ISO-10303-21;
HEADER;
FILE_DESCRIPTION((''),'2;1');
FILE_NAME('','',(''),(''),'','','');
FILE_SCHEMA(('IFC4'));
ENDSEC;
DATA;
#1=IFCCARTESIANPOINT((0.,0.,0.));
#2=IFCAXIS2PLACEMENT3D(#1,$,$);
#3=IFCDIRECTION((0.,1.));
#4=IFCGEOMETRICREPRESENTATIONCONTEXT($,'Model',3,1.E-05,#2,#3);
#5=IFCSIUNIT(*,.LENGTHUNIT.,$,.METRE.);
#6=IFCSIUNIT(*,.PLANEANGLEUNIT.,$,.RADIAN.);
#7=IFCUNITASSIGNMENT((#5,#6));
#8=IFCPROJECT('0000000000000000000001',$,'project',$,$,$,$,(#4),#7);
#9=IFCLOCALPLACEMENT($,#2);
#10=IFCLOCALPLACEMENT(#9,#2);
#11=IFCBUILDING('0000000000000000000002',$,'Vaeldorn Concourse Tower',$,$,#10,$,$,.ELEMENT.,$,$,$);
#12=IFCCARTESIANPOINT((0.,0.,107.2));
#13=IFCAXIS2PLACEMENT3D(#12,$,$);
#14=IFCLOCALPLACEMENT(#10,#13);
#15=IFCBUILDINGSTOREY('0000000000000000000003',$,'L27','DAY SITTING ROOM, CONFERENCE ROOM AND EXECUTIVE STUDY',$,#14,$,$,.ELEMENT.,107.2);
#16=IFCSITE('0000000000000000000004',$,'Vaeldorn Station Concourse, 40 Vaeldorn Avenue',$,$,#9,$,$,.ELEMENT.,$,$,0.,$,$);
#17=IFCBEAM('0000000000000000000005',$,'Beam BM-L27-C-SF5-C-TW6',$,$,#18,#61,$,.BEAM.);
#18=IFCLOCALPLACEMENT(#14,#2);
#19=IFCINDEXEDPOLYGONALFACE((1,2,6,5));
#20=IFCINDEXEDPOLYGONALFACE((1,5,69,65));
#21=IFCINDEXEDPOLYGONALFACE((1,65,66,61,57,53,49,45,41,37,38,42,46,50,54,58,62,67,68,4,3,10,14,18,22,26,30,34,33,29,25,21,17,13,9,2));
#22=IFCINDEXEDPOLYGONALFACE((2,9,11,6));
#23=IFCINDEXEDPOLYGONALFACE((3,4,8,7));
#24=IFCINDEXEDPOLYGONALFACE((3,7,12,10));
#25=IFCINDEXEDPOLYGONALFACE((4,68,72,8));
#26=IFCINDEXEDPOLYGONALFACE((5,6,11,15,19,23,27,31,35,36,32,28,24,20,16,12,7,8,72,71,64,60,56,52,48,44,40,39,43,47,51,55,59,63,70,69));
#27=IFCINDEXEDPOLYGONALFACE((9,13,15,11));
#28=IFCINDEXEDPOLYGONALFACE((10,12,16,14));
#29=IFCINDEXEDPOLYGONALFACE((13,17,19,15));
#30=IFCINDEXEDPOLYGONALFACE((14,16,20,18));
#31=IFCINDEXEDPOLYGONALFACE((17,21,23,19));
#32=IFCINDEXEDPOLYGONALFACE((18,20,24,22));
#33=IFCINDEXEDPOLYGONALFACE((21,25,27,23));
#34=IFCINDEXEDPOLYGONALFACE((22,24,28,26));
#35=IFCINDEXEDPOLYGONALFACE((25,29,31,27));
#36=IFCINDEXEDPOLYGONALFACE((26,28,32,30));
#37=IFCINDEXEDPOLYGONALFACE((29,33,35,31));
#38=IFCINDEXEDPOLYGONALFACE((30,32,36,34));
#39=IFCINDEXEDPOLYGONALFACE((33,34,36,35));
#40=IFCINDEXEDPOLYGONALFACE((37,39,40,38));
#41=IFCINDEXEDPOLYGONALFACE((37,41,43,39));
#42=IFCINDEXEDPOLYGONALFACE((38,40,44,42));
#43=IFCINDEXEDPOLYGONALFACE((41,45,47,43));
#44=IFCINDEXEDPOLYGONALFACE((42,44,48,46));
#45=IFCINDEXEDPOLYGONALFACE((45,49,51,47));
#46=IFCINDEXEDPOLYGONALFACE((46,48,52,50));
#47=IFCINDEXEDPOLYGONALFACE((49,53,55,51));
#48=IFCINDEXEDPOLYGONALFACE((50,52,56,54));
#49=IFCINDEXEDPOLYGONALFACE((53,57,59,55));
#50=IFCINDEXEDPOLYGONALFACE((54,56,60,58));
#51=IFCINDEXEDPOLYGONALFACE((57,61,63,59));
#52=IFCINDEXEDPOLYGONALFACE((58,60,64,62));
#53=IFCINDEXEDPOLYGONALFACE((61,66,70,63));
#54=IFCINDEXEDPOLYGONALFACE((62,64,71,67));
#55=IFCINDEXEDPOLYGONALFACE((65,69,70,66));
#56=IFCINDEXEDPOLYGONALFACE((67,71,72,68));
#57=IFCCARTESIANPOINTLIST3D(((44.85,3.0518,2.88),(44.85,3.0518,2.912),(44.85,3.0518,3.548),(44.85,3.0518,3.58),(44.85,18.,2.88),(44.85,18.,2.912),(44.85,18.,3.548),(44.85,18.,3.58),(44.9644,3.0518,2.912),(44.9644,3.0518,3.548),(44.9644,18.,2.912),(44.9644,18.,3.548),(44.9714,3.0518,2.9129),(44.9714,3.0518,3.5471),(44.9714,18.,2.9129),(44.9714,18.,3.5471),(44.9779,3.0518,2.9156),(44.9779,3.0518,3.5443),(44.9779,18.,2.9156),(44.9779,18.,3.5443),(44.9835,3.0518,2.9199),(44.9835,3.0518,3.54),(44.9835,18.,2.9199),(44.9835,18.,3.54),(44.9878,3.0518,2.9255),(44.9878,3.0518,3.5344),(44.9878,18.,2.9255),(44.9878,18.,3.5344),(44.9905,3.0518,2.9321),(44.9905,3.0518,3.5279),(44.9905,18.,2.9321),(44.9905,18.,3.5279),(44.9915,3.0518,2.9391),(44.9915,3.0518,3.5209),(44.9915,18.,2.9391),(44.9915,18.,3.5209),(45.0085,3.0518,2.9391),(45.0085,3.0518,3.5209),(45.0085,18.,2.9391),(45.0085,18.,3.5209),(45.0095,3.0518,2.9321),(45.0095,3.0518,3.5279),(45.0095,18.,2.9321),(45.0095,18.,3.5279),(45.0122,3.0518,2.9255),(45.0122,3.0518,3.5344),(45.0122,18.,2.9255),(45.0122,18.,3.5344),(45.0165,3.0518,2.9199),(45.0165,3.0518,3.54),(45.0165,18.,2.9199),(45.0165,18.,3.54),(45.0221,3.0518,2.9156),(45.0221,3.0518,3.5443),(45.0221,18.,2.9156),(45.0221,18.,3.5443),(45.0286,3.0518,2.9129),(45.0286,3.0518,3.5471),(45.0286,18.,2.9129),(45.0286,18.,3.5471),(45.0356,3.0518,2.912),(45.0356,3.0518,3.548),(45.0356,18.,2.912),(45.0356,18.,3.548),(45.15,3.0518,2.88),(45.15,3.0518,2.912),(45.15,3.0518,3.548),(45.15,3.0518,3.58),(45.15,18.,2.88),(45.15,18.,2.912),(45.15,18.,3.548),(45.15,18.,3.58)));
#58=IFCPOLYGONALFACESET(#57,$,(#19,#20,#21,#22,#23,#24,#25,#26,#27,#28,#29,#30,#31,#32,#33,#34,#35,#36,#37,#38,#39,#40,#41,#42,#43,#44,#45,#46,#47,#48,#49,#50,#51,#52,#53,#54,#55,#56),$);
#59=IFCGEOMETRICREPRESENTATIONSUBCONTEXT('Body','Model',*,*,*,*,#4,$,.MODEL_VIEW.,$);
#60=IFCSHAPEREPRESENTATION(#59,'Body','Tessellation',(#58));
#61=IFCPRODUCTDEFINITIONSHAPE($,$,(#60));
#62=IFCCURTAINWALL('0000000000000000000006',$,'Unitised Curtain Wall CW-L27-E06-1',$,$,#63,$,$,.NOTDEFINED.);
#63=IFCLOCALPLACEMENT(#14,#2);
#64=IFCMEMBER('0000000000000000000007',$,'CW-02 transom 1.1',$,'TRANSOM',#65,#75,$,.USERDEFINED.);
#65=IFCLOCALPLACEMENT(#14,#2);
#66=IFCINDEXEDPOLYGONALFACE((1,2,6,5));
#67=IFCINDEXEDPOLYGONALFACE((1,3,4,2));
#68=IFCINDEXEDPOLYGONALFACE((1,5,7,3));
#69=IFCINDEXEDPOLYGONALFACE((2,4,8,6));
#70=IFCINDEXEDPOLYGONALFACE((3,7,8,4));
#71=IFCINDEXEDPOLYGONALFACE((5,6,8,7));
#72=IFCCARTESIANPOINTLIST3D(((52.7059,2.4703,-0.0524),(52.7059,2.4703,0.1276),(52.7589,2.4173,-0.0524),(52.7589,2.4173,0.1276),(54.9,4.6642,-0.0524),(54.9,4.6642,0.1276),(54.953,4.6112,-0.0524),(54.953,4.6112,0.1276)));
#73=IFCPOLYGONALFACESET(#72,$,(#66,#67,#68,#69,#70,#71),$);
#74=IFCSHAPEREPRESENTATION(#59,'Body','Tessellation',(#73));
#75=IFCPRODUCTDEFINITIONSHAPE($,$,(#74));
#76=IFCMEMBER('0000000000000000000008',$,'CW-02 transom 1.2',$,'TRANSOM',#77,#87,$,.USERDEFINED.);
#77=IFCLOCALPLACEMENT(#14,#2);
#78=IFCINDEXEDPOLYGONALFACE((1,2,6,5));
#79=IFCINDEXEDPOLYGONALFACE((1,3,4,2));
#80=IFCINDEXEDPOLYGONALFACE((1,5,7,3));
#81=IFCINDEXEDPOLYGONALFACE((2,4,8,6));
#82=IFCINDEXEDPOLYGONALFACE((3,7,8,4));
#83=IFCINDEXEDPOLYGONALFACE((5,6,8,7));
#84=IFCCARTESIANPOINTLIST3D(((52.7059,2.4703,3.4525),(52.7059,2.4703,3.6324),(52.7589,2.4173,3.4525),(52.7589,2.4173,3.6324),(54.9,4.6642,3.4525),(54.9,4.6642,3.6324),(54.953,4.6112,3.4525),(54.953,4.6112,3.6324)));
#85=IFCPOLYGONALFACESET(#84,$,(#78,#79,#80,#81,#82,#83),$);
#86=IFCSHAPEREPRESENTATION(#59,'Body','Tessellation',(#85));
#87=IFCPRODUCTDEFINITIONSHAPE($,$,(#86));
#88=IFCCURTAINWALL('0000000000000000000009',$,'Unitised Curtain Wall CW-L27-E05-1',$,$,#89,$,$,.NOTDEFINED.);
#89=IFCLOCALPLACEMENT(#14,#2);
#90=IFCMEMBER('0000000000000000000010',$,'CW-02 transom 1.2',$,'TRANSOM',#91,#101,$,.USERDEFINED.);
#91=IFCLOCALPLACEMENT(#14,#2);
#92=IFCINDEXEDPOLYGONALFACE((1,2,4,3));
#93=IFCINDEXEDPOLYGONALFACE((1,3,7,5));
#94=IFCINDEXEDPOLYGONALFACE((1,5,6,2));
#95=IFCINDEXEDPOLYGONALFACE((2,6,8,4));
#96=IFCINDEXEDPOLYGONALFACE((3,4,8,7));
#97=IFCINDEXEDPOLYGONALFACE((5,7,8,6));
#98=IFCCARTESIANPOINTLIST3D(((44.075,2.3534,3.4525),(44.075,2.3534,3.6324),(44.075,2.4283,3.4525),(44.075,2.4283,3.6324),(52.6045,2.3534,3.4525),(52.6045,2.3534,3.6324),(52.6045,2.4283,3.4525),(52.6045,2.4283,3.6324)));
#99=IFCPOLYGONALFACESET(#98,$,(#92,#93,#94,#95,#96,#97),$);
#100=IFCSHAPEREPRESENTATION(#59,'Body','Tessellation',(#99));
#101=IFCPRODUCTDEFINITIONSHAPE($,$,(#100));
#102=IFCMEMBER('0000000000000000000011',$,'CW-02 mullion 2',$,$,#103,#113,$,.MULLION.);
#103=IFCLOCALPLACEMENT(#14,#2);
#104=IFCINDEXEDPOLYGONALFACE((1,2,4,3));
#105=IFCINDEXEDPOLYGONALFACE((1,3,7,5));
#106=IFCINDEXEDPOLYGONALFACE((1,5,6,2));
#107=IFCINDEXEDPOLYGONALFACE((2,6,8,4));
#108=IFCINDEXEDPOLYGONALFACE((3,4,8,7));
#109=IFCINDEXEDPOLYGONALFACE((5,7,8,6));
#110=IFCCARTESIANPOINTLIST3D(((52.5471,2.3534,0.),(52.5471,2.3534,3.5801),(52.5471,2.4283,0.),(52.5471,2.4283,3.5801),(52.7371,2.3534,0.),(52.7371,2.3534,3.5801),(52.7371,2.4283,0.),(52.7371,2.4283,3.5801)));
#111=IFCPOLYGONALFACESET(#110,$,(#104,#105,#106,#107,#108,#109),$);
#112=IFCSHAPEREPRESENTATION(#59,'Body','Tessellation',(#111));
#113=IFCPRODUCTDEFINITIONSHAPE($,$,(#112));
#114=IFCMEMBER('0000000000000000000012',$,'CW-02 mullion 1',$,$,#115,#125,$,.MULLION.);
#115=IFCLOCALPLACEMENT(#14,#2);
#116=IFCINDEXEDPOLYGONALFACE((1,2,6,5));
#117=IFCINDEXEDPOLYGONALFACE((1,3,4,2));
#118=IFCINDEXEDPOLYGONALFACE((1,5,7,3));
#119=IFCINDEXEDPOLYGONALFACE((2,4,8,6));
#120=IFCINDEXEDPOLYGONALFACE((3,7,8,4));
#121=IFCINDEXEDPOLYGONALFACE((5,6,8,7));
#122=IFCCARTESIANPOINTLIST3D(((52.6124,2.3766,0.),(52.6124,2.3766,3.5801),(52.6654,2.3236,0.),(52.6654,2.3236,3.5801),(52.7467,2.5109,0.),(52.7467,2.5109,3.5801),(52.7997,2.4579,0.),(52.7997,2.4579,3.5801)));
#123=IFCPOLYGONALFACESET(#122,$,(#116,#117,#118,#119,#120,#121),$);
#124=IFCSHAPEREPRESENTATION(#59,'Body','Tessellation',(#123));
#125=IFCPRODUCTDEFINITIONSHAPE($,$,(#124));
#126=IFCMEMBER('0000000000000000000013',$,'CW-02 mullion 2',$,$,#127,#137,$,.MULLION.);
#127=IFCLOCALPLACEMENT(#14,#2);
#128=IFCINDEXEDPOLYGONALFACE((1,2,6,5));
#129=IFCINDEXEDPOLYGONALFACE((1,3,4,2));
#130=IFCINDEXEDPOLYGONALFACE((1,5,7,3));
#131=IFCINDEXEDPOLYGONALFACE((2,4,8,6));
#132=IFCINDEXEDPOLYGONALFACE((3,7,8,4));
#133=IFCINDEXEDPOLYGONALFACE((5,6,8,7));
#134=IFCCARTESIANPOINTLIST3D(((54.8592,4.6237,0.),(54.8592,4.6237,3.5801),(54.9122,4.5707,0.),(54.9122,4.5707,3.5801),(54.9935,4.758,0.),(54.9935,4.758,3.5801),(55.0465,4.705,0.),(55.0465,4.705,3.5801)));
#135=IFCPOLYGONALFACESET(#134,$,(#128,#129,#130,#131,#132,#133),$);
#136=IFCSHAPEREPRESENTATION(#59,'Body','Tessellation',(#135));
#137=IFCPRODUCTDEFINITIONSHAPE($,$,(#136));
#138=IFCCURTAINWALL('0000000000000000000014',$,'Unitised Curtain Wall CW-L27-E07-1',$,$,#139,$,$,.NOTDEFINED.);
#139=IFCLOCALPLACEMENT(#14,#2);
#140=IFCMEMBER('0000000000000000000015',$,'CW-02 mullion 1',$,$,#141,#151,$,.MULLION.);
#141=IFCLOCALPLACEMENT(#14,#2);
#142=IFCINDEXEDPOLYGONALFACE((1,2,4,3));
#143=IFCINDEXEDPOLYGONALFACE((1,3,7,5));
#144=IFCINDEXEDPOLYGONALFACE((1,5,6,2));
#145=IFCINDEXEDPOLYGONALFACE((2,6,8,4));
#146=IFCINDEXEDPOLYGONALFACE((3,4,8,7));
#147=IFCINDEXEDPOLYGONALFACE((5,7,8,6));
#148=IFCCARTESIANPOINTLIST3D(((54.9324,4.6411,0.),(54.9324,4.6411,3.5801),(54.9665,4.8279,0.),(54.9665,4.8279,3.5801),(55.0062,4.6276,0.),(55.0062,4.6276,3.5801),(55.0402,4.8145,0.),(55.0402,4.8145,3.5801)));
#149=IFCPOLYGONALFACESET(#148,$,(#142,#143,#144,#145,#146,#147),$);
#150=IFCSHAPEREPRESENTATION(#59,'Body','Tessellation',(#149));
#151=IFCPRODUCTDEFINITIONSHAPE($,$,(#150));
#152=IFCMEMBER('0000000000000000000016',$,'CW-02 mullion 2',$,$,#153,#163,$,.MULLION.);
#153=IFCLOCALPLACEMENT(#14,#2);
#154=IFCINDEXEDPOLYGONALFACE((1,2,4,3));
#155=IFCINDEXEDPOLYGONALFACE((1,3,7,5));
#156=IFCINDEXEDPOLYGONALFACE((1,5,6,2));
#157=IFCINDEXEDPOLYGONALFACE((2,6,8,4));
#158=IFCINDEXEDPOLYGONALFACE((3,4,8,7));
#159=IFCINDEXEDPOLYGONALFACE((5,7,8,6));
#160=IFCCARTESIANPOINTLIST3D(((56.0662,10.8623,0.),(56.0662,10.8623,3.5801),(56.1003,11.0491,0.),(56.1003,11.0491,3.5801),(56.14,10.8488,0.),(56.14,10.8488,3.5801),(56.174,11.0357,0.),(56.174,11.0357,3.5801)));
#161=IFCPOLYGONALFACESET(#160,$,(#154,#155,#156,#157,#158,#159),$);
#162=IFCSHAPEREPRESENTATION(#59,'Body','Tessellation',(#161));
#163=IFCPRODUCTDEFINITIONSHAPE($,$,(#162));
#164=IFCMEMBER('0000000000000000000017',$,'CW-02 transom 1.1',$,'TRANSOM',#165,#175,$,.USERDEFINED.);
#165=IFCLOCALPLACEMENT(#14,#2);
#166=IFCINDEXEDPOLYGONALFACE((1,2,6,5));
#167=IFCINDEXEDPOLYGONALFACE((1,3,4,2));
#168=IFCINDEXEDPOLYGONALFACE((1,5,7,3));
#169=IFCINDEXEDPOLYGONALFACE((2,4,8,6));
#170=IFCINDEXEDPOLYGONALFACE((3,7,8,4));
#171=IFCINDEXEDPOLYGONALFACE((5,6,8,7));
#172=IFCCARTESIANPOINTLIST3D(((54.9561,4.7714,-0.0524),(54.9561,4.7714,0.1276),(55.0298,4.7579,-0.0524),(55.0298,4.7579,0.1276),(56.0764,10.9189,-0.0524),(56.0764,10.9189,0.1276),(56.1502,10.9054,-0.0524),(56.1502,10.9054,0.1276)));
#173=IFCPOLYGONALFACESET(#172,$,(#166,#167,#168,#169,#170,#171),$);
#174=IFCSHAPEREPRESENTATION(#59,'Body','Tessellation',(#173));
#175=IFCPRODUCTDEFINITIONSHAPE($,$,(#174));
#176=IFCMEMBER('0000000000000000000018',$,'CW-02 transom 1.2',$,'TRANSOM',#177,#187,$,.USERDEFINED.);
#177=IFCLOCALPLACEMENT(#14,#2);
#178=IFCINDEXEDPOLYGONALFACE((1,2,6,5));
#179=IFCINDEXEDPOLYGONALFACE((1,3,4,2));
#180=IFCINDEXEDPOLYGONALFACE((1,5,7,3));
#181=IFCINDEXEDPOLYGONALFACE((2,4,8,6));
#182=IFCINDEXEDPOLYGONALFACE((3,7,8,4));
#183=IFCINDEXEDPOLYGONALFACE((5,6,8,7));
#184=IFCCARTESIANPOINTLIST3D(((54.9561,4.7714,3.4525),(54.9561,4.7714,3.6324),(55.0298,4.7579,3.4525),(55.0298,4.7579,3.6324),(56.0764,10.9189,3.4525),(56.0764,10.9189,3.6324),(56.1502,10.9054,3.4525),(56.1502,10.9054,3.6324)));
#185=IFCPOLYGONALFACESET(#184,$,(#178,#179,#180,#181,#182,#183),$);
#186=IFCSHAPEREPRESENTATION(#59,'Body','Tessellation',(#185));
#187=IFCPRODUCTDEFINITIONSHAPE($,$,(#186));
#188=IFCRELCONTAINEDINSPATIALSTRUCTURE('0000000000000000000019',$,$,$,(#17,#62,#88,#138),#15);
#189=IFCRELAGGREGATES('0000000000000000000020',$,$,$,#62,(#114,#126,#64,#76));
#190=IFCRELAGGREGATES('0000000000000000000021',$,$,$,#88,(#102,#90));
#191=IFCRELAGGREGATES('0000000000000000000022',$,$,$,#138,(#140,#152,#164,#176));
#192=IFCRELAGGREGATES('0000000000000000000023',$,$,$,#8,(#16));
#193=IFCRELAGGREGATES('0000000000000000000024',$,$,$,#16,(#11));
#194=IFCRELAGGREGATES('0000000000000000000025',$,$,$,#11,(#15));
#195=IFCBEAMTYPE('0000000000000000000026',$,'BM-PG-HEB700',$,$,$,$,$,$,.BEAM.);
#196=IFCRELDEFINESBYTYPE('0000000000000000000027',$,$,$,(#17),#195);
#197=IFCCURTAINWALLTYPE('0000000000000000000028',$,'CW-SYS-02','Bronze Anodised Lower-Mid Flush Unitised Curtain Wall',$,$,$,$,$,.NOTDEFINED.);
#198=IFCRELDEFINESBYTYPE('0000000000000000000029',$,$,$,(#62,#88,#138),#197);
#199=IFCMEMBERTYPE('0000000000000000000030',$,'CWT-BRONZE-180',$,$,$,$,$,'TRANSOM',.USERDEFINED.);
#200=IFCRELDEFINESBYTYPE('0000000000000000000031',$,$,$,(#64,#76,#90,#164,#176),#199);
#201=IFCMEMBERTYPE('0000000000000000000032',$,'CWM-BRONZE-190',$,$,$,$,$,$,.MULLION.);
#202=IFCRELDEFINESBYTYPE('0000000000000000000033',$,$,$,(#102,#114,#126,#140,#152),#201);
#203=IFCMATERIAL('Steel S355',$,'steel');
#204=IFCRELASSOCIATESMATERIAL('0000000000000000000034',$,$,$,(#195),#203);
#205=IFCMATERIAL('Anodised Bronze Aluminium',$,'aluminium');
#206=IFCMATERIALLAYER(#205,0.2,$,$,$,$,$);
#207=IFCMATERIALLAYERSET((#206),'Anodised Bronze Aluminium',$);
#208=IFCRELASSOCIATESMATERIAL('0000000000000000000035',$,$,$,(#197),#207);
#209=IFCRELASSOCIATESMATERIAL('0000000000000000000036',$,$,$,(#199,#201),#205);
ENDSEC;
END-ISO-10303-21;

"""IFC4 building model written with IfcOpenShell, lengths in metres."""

from ifc_helpers import new_model, si_unit, direction, frame, origin, origin_2d, place, context, subcontext, project, spatial, rectangle, i_section, extrude, source, transform, mapped, material, layer, layer_set, material_profile, profile_set, type_object, element, aggregate, save


model = new_model("IFC4")

# Units and contexts
model_context = context("Model", 3, precision=1e-05, world=origin(), true_north=direction((0.0, 1.0)))
body_context = subcontext(model_context, "Body", "Model", "MODEL_VIEW")
ifc_project = project(units=[si_unit("LENGTHUNIT", "METRE"), si_unit("PLANEANGLEUNIT", "RADIAN")], contexts=[model_context])

# Site, building, storey
site_placement = place(None, origin())
site = spatial("IfcSite", under=ifc_project, at=site_placement, Name="Vaeldorn Station Concourse, 40 Vaeldorn Avenue", CompositionType="ELEMENT", RefElevation=0.0)
building_placement = place(site_placement, origin())
building = spatial("IfcBuilding", under=site, at=building_placement, Name="Vaeldorn Concourse Tower", CompositionType="ELEMENT")
storey_placement = place(building_placement, frame((0.0, 0.0, 107.2)))
storey = spatial("IfcBuildingStorey", under=building, at=storey_placement, Name="L27", Description="DAY SITTING ROOM, CONFERENCE ROOM AND EXECUTIVE STUDY", CompositionType="ELEMENT", Elevation=107.2)

# Beam
ifc_material_1 = material(Name="Steel S355", Category="steel")
ifc_material_profile_1 = material_profile(ifc_material_1, i_section(OverallWidth=0.3, OverallDepth=0.7, WebThickness=0.0171, FlangeThickness=0.032, FilletRadius=0.0271, at=origin_2d()), Name="HEB 700")
ifc_profile_set_1 = profile_set([ifc_material_profile_1], Name="Steel S355")
beam_type_1 = type_object("IfcBeamType", Name="BM-PG-HEB700", PredefinedType="BEAM", material=ifc_profile_set_1)
shared_shape_1 = source(origin(), body_context, "Body", "SweptSolid", [
    extrude(i_section(OverallWidth=0.3, OverallDepth=0.7, WebThickness=0.0171, FlangeThickness=0.032, FilletRadius=0.0271, at=origin_2d()), origin(), (0.0, 0.0, 1.0), 14.9482),
])
beam_1_placement = place(storey_placement, frame((45.0, 3.0518, 3.23), z_axis=(0.0, 1.0, 0.0), x_axis=(-1.0, 0.0, 0.0)))
element("IfcBeam", 1, at=beam_1_placement, inside=storey, type_object=beam_type_1, Name="Beam BM-L27-C-SF5-C-TW6", PredefinedType="BEAM", context=body_context, shape_type="MappedRepresentation", body=[
    mapped(shared_shape_1, transform((0.0, 0.0, 0.0), scale=1.0)),
])

# Curtain walls, members
ifc_material_2 = material(Name="Anodised Bronze Aluminium", Category="aluminium")
ifc_layer_1 = layer(ifc_material_2, 0.2)
ifc_layer_set_1 = layer_set([ifc_layer_1], Name="Anodised Bronze Aluminium")
curtain_wall_type = type_object("IfcCurtainWallType", Name="CW-SYS-02", Description="Bronze Anodised Lower-Mid Flush Unitised Curtain Wall", PredefinedType="NOTDEFINED", material=ifc_layer_set_1)
curtain_wall_1_placement = place(storey_placement, origin())
curtain_wall_1 = element("IfcCurtainWall", 2, at=curtain_wall_1_placement, inside=storey, type_object=curtain_wall_type, Name="Unitised Curtain Wall CW-L27-E06-1", PredefinedType="NOTDEFINED")
ifc_material_profile_2 = material_profile(ifc_material_2, rectangle(XDim=0.075, YDim=0.1799, at=origin_2d()), Name="CWT 75x180")
ifc_profile_set_2 = profile_set([ifc_material_profile_2], Name="Anodised Bronze Aluminium")
member_type_1 = type_object("IfcMemberType", Name="CWT-BRONZE-180", ElementType="TRANSOM", PredefinedType="USERDEFINED", material=ifc_profile_set_2)
shared_shape_2 = source(origin(), body_context, "Body", "SweptSolid", [
    extrude(rectangle(XDim=0.075, YDim=0.1799, at=origin_2d()), origin(), (0.0, 0.0, 1.0), 3.1028),
])
member_1_placement = place(storey_placement, frame((52.7324, 2.4438, 0.0376), z_axis=(0.707146, 0.707067, 0.0), x_axis=(-0.707067, 0.707146, 0.0)))
member_1 = element("IfcMember", 3, at=member_1_placement, type_object=member_type_1, Name="CW-02 transom 1.1", ObjectType="TRANSOM", PredefinedType="USERDEFINED", context=body_context, shape_type="MappedRepresentation", body=[
    mapped(shared_shape_2, transform((0.0, 0.0, 0.0), scale=1.0)),
])
member_2_placement = place(storey_placement, frame((52.7324, 2.4438, 3.5425), z_axis=(0.707146, 0.707067, 0.0), x_axis=(-0.707067, 0.707146, 0.0)))
member_2 = element("IfcMember", 4, at=member_2_placement, type_object=member_type_1, Name="CW-02 transom 1.2", ObjectType="TRANSOM", PredefinedType="USERDEFINED", context=body_context, shape_type="MappedRepresentation", body=[
    mapped(shared_shape_2, transform((0.0, 0.0, 0.0), scale=1.0)),
])
curtain_wall_2_placement = place(storey_placement, origin())
curtain_wall_2 = element("IfcCurtainWall", 5, at=curtain_wall_2_placement, inside=storey, type_object=curtain_wall_type, Name="Unitised Curtain Wall CW-L27-E05-1", PredefinedType="NOTDEFINED")
shared_shape_3 = source(origin(), body_context, "Body", "SweptSolid", [
    extrude(rectangle(XDim=0.075, YDim=0.1799, at=origin_2d()), origin(), (0.0, 0.0, 1.0), 8.5295),
])
member_3_placement = place(storey_placement, frame((44.075, 2.3909, 3.5425), z_axis=(1.0, 0.0, 0.0), x_axis=(0.0, 1.0, 0.0)))
member_3 = element("IfcMember", 6, at=member_3_placement, type_object=member_type_1, Name="CW-02 transom 1.2", ObjectType="TRANSOM", PredefinedType="USERDEFINED", context=body_context, shape_type="MappedRepresentation", body=[
    mapped(shared_shape_3, transform((0.0, 0.0, 0.0), scale=1.0)),
])
ifc_material_profile_3 = material_profile(ifc_material_2, rectangle(XDim=0.075, YDim=0.1899, at=origin_2d()), Name="CWM 75x190")
ifc_profile_set_3 = profile_set([ifc_material_profile_3], Name="Anodised Bronze Aluminium")
member_type_2 = type_object("IfcMemberType", Name="CWM-BRONZE-190", PredefinedType="MULLION", material=ifc_profile_set_3)
shared_shape_4 = source(origin(), body_context, "Body", "SweptSolid", [
    extrude(rectangle(XDim=0.075, YDim=0.1899, at=origin_2d()), origin(), (0.0, 0.0, 1.0), 3.5801),
])
member_4_placement = place(storey_placement, frame((52.6421, 2.3909, 0.0), z_axis=(0.0, 0.0, 1.0), x_axis=(0.0, 1.0, 0.0)))
member_4 = element("IfcMember", 7, at=member_4_placement, type_object=member_type_2, Name="CW-02 mullion 2", PredefinedType="MULLION", context=body_context, shape_type="MappedRepresentation", body=[
    mapped(shared_shape_4, transform((0.0, 0.0, 0.0), scale=1.0)),
])

# Members
member_5_placement = place(storey_placement, frame((52.7061, 2.4172, 0.0), z_axis=(0.0, 0.0, 1.0), x_axis=(-0.707107, 0.707107, 0.0)))
member_5 = element("IfcMember", 8, at=member_5_placement, type_object=member_type_2, Name="CW-02 mullion 1", PredefinedType="MULLION", context=body_context, shape_type="MappedRepresentation", body=[
    mapped(shared_shape_4, transform((0.0, 0.0, 0.0), scale=1.0)),
])
member_6_placement = place(storey_placement, frame((54.9529, 4.6643, 0.0), z_axis=(0.0, 0.0, 1.0), x_axis=(-0.707107, 0.707107, 0.0)))
member_6 = element("IfcMember", 9, at=member_6_placement, type_object=member_type_2, Name="CW-02 mullion 2", PredefinedType="MULLION", context=body_context, shape_type="MappedRepresentation", body=[
    mapped(shared_shape_4, transform((0.0, 0.0, 0.0), scale=1.0)),
])

# Curtain wall, members
curtain_wall_3_placement = place(storey_placement, origin())
curtain_wall_3 = element("IfcCurtainWall", 10, at=curtain_wall_3_placement, inside=storey, type_object=curtain_wall_type, Name="Unitised Curtain Wall CW-L27-E07-1", PredefinedType="NOTDEFINED")
member_7_placement = place(storey_placement, frame((54.9863, 4.7278, 0.0), z_axis=(0.0, 0.0, 1.0), x_axis=(-0.983796, 0.179293, 0.0)))
member_7 = element("IfcMember", 11, at=member_7_placement, type_object=member_type_2, Name="CW-02 mullion 1", PredefinedType="MULLION", context=body_context, shape_type="MappedRepresentation", body=[
    mapped(shared_shape_4, transform((0.0, 0.0, 0.0), scale=1.0)),
])
member_8_placement = place(storey_placement, frame((56.1201, 10.949, 0.0), z_axis=(0.0, 0.0, 1.0), x_axis=(-0.983796, 0.179293, 0.0)))
member_8 = element("IfcMember", 12, at=member_8_placement, type_object=member_type_2, Name="CW-02 mullion 2", PredefinedType="MULLION", context=body_context, shape_type="MappedRepresentation", body=[
    mapped(shared_shape_4, transform((0.0, 0.0, 0.0), scale=1.0)),
])
shared_shape_5 = source(origin(), body_context, "Body", "SweptSolid", [
    extrude(rectangle(XDim=0.075, YDim=0.1799, at=origin_2d()), origin(), (0.0, 0.0, 1.0), 6.2488),
])
member_9_placement = place(storey_placement, frame((54.9929, 4.7646, 0.0376), z_axis=(0.179295, 0.983795, 0.0), x_axis=(-0.983795, 0.179295, 0.0)))
member_9 = element("IfcMember", 13, at=member_9_placement, type_object=member_type_1, Name="CW-02 transom 1.1", ObjectType="TRANSOM", PredefinedType="USERDEFINED", context=body_context, shape_type="MappedRepresentation", body=[
    mapped(shared_shape_5, transform((0.0, 0.0, 0.0), scale=1.0)),
])
member_10_placement = place(storey_placement, frame((54.9929, 4.7646, 3.5425), z_axis=(0.179295, 0.983795, 0.0), x_axis=(-0.983795, 0.179295, 0.0)))
member_10 = element("IfcMember", 14, at=member_10_placement, type_object=member_type_1, Name="CW-02 transom 1.2", ObjectType="TRANSOM", PredefinedType="USERDEFINED", context=body_context, shape_type="MappedRepresentation", body=[
    mapped(shared_shape_5, transform((0.0, 0.0, 0.0), scale=1.0)),
])

aggregate(curtain_wall_1, [member_5, member_6, member_1, member_2])
aggregate(curtain_wall_2, [member_4, member_3])
aggregate(curtain_wall_3, [member_7, member_8, member_9, member_10])

save(model, "model.ifc")
